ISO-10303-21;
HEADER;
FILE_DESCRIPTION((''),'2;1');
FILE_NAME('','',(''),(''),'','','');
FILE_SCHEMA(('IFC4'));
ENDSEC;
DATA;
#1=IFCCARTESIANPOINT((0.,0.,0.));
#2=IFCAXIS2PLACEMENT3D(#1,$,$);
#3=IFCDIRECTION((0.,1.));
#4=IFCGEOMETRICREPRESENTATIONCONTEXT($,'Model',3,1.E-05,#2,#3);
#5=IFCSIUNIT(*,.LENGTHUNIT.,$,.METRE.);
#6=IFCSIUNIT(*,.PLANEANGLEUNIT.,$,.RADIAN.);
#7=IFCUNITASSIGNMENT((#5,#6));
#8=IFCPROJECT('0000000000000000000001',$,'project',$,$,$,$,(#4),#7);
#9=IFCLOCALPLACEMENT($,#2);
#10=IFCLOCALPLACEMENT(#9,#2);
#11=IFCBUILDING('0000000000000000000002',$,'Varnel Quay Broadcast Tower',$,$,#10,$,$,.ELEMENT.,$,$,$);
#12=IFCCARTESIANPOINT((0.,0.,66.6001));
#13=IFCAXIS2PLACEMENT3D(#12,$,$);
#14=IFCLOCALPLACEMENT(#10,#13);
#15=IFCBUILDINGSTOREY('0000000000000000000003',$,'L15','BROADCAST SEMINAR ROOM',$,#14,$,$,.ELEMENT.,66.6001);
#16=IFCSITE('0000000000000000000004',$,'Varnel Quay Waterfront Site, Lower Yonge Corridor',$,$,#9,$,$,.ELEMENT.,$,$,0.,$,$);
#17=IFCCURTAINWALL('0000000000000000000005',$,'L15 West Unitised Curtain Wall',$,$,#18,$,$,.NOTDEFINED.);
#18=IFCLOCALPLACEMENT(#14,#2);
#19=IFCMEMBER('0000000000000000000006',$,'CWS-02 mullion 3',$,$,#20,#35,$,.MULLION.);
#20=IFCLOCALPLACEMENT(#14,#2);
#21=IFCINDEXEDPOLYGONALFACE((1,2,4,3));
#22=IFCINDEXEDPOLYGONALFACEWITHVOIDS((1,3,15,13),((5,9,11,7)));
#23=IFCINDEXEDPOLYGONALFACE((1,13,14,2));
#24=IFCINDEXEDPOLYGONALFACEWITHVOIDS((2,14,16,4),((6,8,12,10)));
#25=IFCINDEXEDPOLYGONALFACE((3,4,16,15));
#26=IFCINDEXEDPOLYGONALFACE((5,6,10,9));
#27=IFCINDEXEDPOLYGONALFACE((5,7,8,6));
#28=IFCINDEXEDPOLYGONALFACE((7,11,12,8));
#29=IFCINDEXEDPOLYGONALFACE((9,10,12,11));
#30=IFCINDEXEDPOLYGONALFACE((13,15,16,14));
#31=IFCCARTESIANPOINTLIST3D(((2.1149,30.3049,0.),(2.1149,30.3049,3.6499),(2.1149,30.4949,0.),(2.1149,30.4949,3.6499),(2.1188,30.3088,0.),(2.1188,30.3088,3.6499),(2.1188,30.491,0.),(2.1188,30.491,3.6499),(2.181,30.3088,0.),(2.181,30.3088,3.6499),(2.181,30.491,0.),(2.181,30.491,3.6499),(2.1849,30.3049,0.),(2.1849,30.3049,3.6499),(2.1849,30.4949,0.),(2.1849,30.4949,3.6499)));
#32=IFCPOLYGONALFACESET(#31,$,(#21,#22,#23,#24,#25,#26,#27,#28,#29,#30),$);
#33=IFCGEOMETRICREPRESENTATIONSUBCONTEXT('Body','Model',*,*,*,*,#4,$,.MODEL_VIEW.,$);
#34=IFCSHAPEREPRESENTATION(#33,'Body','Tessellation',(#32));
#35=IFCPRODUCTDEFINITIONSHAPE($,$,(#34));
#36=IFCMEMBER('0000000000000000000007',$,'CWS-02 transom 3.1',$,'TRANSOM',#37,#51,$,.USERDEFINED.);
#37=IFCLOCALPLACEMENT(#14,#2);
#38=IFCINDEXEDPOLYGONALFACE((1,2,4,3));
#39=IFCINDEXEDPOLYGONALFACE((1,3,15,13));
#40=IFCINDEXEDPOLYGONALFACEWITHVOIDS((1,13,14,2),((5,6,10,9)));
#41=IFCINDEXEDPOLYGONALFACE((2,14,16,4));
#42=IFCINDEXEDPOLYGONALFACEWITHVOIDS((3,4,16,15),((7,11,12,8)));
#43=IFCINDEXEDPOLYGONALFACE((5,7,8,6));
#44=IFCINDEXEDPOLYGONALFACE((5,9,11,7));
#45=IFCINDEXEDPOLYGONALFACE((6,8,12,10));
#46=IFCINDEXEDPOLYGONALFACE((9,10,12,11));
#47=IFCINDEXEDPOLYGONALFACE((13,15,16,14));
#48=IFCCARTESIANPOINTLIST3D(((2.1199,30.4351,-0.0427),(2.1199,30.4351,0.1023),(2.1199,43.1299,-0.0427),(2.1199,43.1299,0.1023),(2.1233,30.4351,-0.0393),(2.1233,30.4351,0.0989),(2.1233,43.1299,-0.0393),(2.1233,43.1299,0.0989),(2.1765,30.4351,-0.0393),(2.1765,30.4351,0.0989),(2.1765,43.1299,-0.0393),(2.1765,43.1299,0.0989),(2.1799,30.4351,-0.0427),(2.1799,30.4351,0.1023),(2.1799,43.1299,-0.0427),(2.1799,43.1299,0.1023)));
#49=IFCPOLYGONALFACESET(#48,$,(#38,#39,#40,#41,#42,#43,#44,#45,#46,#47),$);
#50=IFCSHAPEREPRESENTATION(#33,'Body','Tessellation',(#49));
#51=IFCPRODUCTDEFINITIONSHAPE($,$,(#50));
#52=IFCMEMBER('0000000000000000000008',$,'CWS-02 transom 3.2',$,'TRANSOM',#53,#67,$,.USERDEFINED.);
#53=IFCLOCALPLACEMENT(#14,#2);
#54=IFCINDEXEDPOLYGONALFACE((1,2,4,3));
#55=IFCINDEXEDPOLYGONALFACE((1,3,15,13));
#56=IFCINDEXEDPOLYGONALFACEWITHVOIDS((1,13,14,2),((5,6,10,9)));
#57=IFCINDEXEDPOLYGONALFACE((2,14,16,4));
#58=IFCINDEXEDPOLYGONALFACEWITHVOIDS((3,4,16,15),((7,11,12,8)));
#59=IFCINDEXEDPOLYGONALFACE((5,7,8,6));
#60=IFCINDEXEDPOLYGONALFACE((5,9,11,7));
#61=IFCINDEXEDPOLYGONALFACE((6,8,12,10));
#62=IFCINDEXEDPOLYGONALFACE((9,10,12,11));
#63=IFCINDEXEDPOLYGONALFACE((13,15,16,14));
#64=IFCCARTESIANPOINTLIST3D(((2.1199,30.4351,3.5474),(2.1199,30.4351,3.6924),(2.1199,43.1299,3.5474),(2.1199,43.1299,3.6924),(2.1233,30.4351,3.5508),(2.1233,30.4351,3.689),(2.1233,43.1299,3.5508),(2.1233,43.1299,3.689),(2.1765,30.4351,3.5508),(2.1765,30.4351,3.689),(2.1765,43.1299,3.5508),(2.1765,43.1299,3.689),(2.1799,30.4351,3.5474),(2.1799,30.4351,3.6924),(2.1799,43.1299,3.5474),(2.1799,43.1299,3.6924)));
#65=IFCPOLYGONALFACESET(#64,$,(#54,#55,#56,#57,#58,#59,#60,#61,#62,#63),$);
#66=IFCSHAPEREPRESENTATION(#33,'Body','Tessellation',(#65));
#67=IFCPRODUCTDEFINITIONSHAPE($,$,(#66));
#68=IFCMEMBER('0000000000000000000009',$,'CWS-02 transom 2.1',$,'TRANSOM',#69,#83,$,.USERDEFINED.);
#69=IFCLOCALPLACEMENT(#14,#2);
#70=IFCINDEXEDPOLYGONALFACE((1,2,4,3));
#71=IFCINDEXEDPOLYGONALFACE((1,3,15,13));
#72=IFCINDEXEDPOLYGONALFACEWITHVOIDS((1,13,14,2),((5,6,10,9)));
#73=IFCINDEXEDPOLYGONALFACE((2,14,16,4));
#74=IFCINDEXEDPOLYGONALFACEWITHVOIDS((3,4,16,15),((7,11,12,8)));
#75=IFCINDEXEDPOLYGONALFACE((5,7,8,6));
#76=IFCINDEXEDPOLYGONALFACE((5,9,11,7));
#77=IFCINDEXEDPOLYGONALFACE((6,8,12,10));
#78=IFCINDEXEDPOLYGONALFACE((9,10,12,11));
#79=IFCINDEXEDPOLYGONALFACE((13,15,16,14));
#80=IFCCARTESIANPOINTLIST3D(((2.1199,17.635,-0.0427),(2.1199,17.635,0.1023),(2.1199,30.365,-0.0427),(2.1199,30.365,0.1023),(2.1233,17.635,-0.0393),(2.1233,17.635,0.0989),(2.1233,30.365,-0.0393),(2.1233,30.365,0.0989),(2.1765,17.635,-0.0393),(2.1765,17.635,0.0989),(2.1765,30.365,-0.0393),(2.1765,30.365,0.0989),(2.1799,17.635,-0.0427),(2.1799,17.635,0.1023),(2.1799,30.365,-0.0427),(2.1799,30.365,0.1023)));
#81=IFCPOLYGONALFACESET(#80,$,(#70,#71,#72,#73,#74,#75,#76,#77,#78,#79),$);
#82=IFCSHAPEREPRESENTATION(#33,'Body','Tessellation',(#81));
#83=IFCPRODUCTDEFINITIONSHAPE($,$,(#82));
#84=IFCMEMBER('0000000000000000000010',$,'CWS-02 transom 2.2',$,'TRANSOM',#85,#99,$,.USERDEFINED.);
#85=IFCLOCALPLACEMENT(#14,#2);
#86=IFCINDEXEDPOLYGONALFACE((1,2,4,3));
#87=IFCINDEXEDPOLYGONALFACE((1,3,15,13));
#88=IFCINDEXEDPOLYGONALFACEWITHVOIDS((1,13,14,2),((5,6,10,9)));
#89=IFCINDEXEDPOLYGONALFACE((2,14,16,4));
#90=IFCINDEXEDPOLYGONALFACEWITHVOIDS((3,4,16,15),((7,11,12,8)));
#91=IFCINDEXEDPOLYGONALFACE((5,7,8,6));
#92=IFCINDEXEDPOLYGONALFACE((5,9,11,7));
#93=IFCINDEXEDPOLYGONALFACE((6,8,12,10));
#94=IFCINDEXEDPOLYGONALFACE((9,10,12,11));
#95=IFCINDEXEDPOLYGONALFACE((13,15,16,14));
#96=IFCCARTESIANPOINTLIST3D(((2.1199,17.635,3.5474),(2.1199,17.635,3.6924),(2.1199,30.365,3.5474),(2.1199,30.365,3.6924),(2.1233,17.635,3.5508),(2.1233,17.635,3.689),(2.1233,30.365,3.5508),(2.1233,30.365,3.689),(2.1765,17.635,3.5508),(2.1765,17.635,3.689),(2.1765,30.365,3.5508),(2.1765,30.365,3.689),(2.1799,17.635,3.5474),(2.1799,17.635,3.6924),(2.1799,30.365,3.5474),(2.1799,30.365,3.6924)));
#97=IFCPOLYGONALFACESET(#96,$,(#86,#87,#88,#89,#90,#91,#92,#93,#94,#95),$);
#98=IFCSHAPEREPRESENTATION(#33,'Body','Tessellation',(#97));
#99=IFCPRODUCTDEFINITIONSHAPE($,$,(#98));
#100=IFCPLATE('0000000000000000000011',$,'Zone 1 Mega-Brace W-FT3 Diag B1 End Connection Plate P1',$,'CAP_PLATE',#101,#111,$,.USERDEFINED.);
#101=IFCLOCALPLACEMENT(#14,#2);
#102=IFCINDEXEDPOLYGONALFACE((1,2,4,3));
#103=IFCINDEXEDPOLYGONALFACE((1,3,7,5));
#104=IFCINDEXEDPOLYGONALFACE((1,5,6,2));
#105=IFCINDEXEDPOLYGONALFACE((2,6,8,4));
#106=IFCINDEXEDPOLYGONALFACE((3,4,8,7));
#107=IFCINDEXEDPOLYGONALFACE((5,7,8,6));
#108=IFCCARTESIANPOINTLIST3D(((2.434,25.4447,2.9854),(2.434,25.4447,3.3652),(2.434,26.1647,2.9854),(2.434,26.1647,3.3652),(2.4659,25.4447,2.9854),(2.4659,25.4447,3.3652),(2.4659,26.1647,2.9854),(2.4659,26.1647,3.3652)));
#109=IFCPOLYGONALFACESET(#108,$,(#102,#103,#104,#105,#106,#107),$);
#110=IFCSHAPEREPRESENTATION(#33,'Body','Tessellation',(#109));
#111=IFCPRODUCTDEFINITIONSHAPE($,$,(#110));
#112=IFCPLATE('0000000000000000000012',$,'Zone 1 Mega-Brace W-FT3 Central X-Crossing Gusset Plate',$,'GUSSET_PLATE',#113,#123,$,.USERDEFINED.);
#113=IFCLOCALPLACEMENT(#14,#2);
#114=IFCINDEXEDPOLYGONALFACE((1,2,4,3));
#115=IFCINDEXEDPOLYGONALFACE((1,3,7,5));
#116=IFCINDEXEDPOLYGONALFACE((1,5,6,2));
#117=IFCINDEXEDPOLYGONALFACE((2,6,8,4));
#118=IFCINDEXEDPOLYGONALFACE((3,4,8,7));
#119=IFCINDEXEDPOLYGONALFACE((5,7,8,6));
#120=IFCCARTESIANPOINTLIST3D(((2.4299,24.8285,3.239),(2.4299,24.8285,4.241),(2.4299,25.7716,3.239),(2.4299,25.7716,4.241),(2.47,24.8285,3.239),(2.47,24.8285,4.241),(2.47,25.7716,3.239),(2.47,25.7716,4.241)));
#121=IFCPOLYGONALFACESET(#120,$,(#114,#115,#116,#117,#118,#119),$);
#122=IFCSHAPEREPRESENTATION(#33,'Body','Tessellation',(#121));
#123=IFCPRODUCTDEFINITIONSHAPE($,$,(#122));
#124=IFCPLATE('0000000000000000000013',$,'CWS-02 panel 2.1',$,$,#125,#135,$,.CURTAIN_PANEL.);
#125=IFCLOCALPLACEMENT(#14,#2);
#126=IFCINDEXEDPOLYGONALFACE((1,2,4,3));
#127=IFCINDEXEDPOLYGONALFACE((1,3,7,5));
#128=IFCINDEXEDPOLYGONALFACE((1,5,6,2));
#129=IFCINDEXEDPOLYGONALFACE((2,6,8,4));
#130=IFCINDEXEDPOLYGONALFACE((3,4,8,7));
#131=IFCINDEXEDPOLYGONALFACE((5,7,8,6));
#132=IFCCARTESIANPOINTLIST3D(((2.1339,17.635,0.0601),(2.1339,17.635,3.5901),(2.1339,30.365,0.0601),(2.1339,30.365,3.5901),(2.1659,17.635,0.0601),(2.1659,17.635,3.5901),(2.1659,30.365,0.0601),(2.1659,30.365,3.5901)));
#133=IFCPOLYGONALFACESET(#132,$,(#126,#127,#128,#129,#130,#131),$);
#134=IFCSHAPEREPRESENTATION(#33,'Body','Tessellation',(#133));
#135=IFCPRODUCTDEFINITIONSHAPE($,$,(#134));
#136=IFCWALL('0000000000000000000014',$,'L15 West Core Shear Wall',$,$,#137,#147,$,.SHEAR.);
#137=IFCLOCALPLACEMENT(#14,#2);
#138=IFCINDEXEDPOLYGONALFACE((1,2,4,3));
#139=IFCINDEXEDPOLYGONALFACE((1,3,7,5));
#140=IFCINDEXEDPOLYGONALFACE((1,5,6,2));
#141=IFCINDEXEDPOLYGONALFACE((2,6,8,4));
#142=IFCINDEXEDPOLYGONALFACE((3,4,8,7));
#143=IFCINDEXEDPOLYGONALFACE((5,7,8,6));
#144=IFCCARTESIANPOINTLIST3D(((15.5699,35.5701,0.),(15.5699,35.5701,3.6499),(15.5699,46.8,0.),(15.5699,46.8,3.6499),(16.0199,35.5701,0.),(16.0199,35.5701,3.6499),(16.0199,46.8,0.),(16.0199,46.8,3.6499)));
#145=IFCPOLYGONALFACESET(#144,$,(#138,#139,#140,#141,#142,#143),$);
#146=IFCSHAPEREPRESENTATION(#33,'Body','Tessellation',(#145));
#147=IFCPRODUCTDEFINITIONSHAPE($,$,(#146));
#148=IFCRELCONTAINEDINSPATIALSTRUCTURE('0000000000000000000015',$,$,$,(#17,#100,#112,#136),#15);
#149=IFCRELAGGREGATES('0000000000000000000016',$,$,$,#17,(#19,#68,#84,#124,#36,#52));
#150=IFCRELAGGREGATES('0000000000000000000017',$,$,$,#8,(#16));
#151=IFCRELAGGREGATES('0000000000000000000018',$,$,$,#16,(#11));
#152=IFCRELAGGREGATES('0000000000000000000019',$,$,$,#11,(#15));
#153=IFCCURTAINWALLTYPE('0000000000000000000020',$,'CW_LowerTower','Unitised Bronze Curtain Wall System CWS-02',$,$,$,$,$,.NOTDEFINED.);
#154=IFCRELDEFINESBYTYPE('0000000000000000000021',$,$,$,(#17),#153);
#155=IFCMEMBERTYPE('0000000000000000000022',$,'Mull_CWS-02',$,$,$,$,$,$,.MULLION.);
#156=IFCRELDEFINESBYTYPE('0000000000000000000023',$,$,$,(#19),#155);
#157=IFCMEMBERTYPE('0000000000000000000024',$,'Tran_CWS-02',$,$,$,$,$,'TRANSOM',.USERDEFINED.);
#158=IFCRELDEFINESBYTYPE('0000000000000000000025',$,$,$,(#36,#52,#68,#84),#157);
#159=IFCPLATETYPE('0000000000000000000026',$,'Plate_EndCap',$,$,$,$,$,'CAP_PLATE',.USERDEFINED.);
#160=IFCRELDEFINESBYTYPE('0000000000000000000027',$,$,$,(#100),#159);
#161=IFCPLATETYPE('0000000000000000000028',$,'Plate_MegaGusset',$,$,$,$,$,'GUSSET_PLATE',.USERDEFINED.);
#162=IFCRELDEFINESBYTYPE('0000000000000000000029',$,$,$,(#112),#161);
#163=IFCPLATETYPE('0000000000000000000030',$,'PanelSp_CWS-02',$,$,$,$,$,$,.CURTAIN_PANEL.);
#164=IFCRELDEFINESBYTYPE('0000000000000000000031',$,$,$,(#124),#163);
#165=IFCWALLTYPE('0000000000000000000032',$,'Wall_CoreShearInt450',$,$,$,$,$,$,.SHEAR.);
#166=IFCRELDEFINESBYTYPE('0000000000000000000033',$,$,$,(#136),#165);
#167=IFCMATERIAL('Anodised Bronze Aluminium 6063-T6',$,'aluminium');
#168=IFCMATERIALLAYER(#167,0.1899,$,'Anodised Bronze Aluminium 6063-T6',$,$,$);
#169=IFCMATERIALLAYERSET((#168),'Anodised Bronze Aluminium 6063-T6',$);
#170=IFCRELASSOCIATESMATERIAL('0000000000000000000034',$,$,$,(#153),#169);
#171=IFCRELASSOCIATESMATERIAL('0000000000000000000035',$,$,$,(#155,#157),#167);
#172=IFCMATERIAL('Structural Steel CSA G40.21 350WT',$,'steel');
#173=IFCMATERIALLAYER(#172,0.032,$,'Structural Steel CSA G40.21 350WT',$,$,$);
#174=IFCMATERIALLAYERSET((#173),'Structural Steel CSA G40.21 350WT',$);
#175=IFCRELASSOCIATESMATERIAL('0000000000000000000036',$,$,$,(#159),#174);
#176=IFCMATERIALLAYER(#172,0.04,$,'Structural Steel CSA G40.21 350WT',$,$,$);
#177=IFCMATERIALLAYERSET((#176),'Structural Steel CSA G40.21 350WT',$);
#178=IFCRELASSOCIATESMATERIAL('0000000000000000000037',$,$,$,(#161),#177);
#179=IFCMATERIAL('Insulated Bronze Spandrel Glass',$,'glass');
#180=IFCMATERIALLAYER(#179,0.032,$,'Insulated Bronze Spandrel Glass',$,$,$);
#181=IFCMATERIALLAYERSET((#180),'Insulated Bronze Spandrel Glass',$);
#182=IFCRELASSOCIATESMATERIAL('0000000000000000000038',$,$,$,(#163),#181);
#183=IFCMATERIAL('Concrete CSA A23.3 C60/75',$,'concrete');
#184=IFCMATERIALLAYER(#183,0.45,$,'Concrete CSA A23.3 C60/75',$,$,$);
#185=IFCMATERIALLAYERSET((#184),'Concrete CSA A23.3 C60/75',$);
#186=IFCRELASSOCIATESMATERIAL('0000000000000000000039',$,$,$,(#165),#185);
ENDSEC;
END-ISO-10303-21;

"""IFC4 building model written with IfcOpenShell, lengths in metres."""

from ifc_helpers import new_model, si_unit, direction, frame, frame_2d, origin, origin_2d, place, context, subcontext, project, spatial, rectangle, hollow_rectangle, extrude, source, transform, mapped, material, layer, layer_set, material_profile, profile_set, type_object, type_shapes, element, aggregate, save


model = new_model("IFC4")

# Units and contexts
model_context = context("Model", 3, precision=1e-05, world=origin(), true_north=direction((0.0, 1.0)))
body_context = subcontext(model_context, "Body", "Model", "MODEL_VIEW")
ifc_project = project(units=[si_unit("LENGTHUNIT", "METRE"), si_unit("PLANEANGLEUNIT", "RADIAN")], contexts=[model_context])

# Site, building, storey
site_placement = place(None, origin())
site = spatial("IfcSite", under=ifc_project, at=site_placement, Name="Varnel Quay Waterfront Site, Lower Yonge Corridor", CompositionType="ELEMENT", RefElevation=0.0)
building_placement = place(site_placement, origin())
building = spatial("IfcBuilding", under=site, at=building_placement, Name="Varnel Quay Broadcast Tower", CompositionType="ELEMENT")
storey_placement = place(building_placement, frame((0.0, 0.0, 66.6001)))
storey = spatial("IfcBuildingStorey", under=building, at=storey_placement, Name="L15", Description="BROADCAST SEMINAR ROOM", CompositionType="ELEMENT", Elevation=66.6001)

# Shared definitions
ifc_material_1 = material(Name="Structural Steel CSA G40.21 350WT", Category="steel")
ifc_material_2 = material(Name="Concrete CSA A23.3 C60/75", Category="concrete")

# Curtain wall, members
ifc_material_3 = material(Name="Anodised Bronze Aluminium 6063-T6", Category="aluminium")
ifc_layer_1 = layer(ifc_material_3, 0.1899, Name="Anodised Bronze Aluminium 6063-T6")
ifc_layer_set_1 = layer_set([ifc_layer_1], Name="Anodised Bronze Aluminium 6063-T6")
curtain_wall_type = type_object("IfcCurtainWallType", Name="CW_LowerTower", Description="Unitised Bronze Curtain Wall System CWS-02", PredefinedType="NOTDEFINED", material=ifc_layer_set_1)
curtain_wall_placement = place(storey_placement, origin())
curtain_wall = element("IfcCurtainWall", 1, at=curtain_wall_placement, inside=storey, type_object=curtain_wall_type, Name="L15 West Unitised Curtain Wall", PredefinedType="NOTDEFINED")
ifc_material_profile_1 = material_profile(ifc_material_3, hollow_rectangle(XDim=0.0701, YDim=0.1899, WallThickness=0.0039, at=origin_2d()), Name="ALU70X190X4")
ifc_profile_set_1 = profile_set([ifc_material_profile_1], Name="Anodised Bronze Aluminium 6063-T6")
member_type_1 = type_object("IfcMemberType", Name="Mull_CWS-02", PredefinedType="MULLION", material=ifc_profile_set_1)
shared_shape_1 = source(origin(), body_context, "Body", "SweptSolid", [
    extrude(hollow_rectangle(XDim=0.0701, YDim=0.1899, WallThickness=0.0039, at=origin_2d()), origin(), (0.0, 0.0, 1.0), 3.6499),
])
type_shapes(member_type_1, [shared_shape_1])
member_1_placement = place(storey_placement, frame((2.1499, 30.3999, 0.0), z_axis=(0.0, 0.0, 1.0), x_axis=(-1.0, 0.0, 0.0)))
member_1 = element("IfcMember", 2, at=member_1_placement, type_object=member_type_1, Name="CWS-02 mullion 3", PredefinedType="MULLION", context=body_context, shape_type="MappedRepresentation", body=[
    mapped(shared_shape_1, transform((0.0, 0.0, 0.0), x_axis=(1.0, 0.0, 0.0), y_axis=(0.0, 1.0, 0.0), z_axis=(0.0, 0.0, 1.0), scale=1.0)),
])
ifc_material_profile_2 = material_profile(ifc_material_3, hollow_rectangle(XDim=0.0601, YDim=0.145, WallThickness=0.0034, at=origin_2d()), Name="ALU60X145X3.5")
ifc_profile_set_2 = profile_set([ifc_material_profile_2], Name="Anodised Bronze Aluminium 6063-T6")
member_type_2 = type_object("IfcMemberType", Name="Tran_CWS-02", ElementType="TRANSOM", PredefinedType="USERDEFINED", material=ifc_profile_set_2)
shared_shape_2 = source(origin(), body_context, "Body", "SweptSolid", [
    extrude(hollow_rectangle(XDim=0.0601, YDim=0.145, WallThickness=0.0034, at=origin_2d()), origin(), (0.0, 0.0, 1.0), 12.6948),
])
member_2_placement = place(storey_placement, frame((2.1499, 30.4351, 0.0298), z_axis=(0.0, 1.0, 0.0), x_axis=(-1.0, 0.0, 0.0)))
member_2 = element("IfcMember", 3, at=member_2_placement, type_object=member_type_2, Name="CWS-02 transom 3.1", ObjectType="TRANSOM", PredefinedType="USERDEFINED", context=body_context, shape_type="MappedRepresentation", body=[
    mapped(shared_shape_2, transform((0.0, 0.0, 0.0), x_axis=(1.0, 0.0, 0.0), y_axis=(0.0, 1.0, 0.0), z_axis=(0.0, 0.0, 1.0), scale=1.0)),
])
member_3_placement = place(storey_placement, frame((2.1499, 30.4351, 3.6199), z_axis=(0.0, 1.0, 0.0), x_axis=(-1.0, 0.0, 0.0)))
member_3 = element("IfcMember", 4, at=member_3_placement, type_object=member_type_2, Name="CWS-02 transom 3.2", ObjectType="TRANSOM", PredefinedType="USERDEFINED", context=body_context, shape_type="MappedRepresentation", body=[
    mapped(shared_shape_2, transform((0.0, 0.0, 0.0), x_axis=(1.0, 0.0, 0.0), y_axis=(0.0, 1.0, 0.0), z_axis=(0.0, 0.0, 1.0), scale=1.0)),
])
shared_shape_3 = source(origin(), body_context, "Body", "SweptSolid", [
    extrude(hollow_rectangle(XDim=0.0601, YDim=0.145, WallThickness=0.0034, at=origin_2d()), origin(), (0.0, 0.0, 1.0), 12.73),
])
type_shapes(member_type_2, [shared_shape_2, shared_shape_3])
member_4_placement = place(storey_placement, frame((2.1499, 17.635, 0.0298), z_axis=(0.0, 1.0, 0.0), x_axis=(-1.0, 0.0, 0.0)))
member_4 = element("IfcMember", 5, at=member_4_placement, type_object=member_type_2, Name="CWS-02 transom 2.1", ObjectType="TRANSOM", PredefinedType="USERDEFINED", context=body_context, shape_type="MappedRepresentation", body=[
    mapped(shared_shape_3, transform((0.0, 0.0, 0.0), x_axis=(1.0, 0.0, 0.0), y_axis=(0.0, 1.0, 0.0), z_axis=(0.0, 0.0, 1.0), scale=1.0)),
])
member_5_placement = place(storey_placement, frame((2.1499, 17.635, 3.6199), z_axis=(0.0, 1.0, 0.0), x_axis=(-1.0, 0.0, 0.0)))
member_5 = element("IfcMember", 6, at=member_5_placement, type_object=member_type_2, Name="CWS-02 transom 2.2", ObjectType="TRANSOM", PredefinedType="USERDEFINED", context=body_context, shape_type="MappedRepresentation", body=[
    mapped(shared_shape_3, transform((0.0, 0.0, 0.0), x_axis=(1.0, 0.0, 0.0), y_axis=(0.0, 1.0, 0.0), z_axis=(0.0, 0.0, 1.0), scale=1.0)),
])

# Plates
ifc_layer_2 = layer(ifc_material_1, 0.032, Name="Structural Steel CSA G40.21 350WT")
ifc_layer_set_2 = layer_set([ifc_layer_2], Name="Structural Steel CSA G40.21 350WT")
plate_type_1 = type_object("IfcPlateType", Name="Plate_EndCap", ElementType="CAP_PLATE", PredefinedType="USERDEFINED", material=ifc_layer_set_2)
shared_shape_4 = source(origin(), body_context, "Body", "SweptSolid", [
    extrude(rectangle(XDim=0.72, YDim=0.032, at=origin_2d()), origin(), (0.0, 0.0, 1.0), 0.3799),
])
type_shapes(plate_type_1, [shared_shape_4])
plate_1_placement = place(storey_placement, frame((2.45, 25.8047, 2.9854), z_axis=(0.0, 0.0, 1.0), x_axis=(0.0, 1.0, 0.0)))
element("IfcPlate", 7, at=plate_1_placement, inside=storey, type_object=plate_type_1, Name="Zone 1 Mega-Brace W-FT3 Diag B1 End Connection Plate P1", ObjectType="CAP_PLATE", PredefinedType="USERDEFINED", context=body_context, shape_type="MappedRepresentation", body=[
    mapped(shared_shape_4, transform((0.0, 0.0, 0.0), x_axis=(1.0, 0.0, 0.0), y_axis=(0.0, 1.0, 0.0), z_axis=(0.0, 0.0, 1.0), scale=1.0)),
])
ifc_layer_3 = layer(ifc_material_1, 0.04, Name="Structural Steel CSA G40.21 350WT")
ifc_layer_set_3 = layer_set([ifc_layer_3], Name="Structural Steel CSA G40.21 350WT")
plate_type_2 = type_object("IfcPlateType", Name="Plate_MegaGusset", ElementType="GUSSET_PLATE", PredefinedType="USERDEFINED", material=ifc_layer_set_3)
shared_shape_5 = source(origin(), body_context, "Body", "SweptSolid", [
    extrude(rectangle(XDim=0.9431, YDim=0.04, at=origin_2d()), origin(), (0.0, 0.0, 1.0), 1.002),
])
type_shapes(plate_type_2, [shared_shape_5])
plate_2_placement = place(storey_placement, frame((2.45, 25.3, 3.239), z_axis=(0.0, 0.0, 1.0), x_axis=(0.0, 1.0, 0.0)))
element("IfcPlate", 8, at=plate_2_placement, inside=storey, type_object=plate_type_2, Name="Zone 1 Mega-Brace W-FT3 Central X-Crossing Gusset Plate", ObjectType="GUSSET_PLATE", PredefinedType="USERDEFINED", context=body_context, shape_type="MappedRepresentation", body=[
    mapped(shared_shape_5, transform((0.0, 0.0, 0.0), x_axis=(1.0, 0.0, 0.0), y_axis=(0.0, 1.0, 0.0), z_axis=(0.0, 0.0, 1.0), scale=1.0)),
])

# Plate
ifc_material_4 = material(Name="Insulated Bronze Spandrel Glass", Category="glass")
ifc_layer_4 = layer(ifc_material_4, 0.032, Name="Insulated Bronze Spandrel Glass")
ifc_layer_set_4 = layer_set([ifc_layer_4], Name="Insulated Bronze Spandrel Glass")
plate_type_3 = type_object("IfcPlateType", Name="PanelSp_CWS-02", PredefinedType="CURTAIN_PANEL", material=ifc_layer_set_4)
shared_shape_6 = source(origin(), body_context, "Body", "SweptSolid", [
    extrude(rectangle(XDim=12.73, YDim=0.032, at=origin_2d()), origin(), (0.0, 0.0, 1.0), 3.53),
])
type_shapes(plate_type_3, [shared_shape_6])
plate_3_placement = place(storey_placement, frame((2.1499, 24.0, 0.0601), z_axis=(0.0, 0.0, 1.0), x_axis=(0.0, 1.0, 0.0)))
plate_3 = element("IfcPlate", 9, at=plate_3_placement, type_object=plate_type_3, Name="CWS-02 panel 2.1", PredefinedType="CURTAIN_PANEL", context=body_context, shape_type="MappedRepresentation", body=[
    mapped(shared_shape_6, transform((0.0, 0.0, 0.0), x_axis=(1.0, 0.0, 0.0), y_axis=(0.0, 1.0, 0.0), z_axis=(0.0, 0.0, 1.0), scale=1.0)),
])
aggregate(curtain_wall, [member_1, member_4, member_5, plate_3, member_2, member_3])

# Wall
ifc_layer_5 = layer(ifc_material_2, 0.45, Name="Concrete CSA A23.3 C60/75")
ifc_layer_set_5 = layer_set([ifc_layer_5], Name="Concrete CSA A23.3 C60/75")
wall_type_1 = type_object("IfcWallType", Name="Wall_CoreShearInt450", PredefinedType="SHEAR", material=ifc_layer_set_5)
wall_1_placement = place(storey_placement, frame((15.7949, 35.5701, 0.0), z_axis=(0.0, 0.0, 1.0), x_axis=(0.0, 1.0, 0.0)))
element("IfcWall", 10, at=wall_1_placement, inside=storey, type_object=wall_type_1, Name="L15 West Core Shear Wall", PredefinedType="SHEAR", context=body_context, shape_type="SweptSolid", body=[
    extrude(rectangle(XDim=11.23, YDim=0.45, at=frame_2d((5.615, 0.0))), origin(), (0.0, 0.0, 1.0), 3.6499),
])

save(model, "model.ifc")
